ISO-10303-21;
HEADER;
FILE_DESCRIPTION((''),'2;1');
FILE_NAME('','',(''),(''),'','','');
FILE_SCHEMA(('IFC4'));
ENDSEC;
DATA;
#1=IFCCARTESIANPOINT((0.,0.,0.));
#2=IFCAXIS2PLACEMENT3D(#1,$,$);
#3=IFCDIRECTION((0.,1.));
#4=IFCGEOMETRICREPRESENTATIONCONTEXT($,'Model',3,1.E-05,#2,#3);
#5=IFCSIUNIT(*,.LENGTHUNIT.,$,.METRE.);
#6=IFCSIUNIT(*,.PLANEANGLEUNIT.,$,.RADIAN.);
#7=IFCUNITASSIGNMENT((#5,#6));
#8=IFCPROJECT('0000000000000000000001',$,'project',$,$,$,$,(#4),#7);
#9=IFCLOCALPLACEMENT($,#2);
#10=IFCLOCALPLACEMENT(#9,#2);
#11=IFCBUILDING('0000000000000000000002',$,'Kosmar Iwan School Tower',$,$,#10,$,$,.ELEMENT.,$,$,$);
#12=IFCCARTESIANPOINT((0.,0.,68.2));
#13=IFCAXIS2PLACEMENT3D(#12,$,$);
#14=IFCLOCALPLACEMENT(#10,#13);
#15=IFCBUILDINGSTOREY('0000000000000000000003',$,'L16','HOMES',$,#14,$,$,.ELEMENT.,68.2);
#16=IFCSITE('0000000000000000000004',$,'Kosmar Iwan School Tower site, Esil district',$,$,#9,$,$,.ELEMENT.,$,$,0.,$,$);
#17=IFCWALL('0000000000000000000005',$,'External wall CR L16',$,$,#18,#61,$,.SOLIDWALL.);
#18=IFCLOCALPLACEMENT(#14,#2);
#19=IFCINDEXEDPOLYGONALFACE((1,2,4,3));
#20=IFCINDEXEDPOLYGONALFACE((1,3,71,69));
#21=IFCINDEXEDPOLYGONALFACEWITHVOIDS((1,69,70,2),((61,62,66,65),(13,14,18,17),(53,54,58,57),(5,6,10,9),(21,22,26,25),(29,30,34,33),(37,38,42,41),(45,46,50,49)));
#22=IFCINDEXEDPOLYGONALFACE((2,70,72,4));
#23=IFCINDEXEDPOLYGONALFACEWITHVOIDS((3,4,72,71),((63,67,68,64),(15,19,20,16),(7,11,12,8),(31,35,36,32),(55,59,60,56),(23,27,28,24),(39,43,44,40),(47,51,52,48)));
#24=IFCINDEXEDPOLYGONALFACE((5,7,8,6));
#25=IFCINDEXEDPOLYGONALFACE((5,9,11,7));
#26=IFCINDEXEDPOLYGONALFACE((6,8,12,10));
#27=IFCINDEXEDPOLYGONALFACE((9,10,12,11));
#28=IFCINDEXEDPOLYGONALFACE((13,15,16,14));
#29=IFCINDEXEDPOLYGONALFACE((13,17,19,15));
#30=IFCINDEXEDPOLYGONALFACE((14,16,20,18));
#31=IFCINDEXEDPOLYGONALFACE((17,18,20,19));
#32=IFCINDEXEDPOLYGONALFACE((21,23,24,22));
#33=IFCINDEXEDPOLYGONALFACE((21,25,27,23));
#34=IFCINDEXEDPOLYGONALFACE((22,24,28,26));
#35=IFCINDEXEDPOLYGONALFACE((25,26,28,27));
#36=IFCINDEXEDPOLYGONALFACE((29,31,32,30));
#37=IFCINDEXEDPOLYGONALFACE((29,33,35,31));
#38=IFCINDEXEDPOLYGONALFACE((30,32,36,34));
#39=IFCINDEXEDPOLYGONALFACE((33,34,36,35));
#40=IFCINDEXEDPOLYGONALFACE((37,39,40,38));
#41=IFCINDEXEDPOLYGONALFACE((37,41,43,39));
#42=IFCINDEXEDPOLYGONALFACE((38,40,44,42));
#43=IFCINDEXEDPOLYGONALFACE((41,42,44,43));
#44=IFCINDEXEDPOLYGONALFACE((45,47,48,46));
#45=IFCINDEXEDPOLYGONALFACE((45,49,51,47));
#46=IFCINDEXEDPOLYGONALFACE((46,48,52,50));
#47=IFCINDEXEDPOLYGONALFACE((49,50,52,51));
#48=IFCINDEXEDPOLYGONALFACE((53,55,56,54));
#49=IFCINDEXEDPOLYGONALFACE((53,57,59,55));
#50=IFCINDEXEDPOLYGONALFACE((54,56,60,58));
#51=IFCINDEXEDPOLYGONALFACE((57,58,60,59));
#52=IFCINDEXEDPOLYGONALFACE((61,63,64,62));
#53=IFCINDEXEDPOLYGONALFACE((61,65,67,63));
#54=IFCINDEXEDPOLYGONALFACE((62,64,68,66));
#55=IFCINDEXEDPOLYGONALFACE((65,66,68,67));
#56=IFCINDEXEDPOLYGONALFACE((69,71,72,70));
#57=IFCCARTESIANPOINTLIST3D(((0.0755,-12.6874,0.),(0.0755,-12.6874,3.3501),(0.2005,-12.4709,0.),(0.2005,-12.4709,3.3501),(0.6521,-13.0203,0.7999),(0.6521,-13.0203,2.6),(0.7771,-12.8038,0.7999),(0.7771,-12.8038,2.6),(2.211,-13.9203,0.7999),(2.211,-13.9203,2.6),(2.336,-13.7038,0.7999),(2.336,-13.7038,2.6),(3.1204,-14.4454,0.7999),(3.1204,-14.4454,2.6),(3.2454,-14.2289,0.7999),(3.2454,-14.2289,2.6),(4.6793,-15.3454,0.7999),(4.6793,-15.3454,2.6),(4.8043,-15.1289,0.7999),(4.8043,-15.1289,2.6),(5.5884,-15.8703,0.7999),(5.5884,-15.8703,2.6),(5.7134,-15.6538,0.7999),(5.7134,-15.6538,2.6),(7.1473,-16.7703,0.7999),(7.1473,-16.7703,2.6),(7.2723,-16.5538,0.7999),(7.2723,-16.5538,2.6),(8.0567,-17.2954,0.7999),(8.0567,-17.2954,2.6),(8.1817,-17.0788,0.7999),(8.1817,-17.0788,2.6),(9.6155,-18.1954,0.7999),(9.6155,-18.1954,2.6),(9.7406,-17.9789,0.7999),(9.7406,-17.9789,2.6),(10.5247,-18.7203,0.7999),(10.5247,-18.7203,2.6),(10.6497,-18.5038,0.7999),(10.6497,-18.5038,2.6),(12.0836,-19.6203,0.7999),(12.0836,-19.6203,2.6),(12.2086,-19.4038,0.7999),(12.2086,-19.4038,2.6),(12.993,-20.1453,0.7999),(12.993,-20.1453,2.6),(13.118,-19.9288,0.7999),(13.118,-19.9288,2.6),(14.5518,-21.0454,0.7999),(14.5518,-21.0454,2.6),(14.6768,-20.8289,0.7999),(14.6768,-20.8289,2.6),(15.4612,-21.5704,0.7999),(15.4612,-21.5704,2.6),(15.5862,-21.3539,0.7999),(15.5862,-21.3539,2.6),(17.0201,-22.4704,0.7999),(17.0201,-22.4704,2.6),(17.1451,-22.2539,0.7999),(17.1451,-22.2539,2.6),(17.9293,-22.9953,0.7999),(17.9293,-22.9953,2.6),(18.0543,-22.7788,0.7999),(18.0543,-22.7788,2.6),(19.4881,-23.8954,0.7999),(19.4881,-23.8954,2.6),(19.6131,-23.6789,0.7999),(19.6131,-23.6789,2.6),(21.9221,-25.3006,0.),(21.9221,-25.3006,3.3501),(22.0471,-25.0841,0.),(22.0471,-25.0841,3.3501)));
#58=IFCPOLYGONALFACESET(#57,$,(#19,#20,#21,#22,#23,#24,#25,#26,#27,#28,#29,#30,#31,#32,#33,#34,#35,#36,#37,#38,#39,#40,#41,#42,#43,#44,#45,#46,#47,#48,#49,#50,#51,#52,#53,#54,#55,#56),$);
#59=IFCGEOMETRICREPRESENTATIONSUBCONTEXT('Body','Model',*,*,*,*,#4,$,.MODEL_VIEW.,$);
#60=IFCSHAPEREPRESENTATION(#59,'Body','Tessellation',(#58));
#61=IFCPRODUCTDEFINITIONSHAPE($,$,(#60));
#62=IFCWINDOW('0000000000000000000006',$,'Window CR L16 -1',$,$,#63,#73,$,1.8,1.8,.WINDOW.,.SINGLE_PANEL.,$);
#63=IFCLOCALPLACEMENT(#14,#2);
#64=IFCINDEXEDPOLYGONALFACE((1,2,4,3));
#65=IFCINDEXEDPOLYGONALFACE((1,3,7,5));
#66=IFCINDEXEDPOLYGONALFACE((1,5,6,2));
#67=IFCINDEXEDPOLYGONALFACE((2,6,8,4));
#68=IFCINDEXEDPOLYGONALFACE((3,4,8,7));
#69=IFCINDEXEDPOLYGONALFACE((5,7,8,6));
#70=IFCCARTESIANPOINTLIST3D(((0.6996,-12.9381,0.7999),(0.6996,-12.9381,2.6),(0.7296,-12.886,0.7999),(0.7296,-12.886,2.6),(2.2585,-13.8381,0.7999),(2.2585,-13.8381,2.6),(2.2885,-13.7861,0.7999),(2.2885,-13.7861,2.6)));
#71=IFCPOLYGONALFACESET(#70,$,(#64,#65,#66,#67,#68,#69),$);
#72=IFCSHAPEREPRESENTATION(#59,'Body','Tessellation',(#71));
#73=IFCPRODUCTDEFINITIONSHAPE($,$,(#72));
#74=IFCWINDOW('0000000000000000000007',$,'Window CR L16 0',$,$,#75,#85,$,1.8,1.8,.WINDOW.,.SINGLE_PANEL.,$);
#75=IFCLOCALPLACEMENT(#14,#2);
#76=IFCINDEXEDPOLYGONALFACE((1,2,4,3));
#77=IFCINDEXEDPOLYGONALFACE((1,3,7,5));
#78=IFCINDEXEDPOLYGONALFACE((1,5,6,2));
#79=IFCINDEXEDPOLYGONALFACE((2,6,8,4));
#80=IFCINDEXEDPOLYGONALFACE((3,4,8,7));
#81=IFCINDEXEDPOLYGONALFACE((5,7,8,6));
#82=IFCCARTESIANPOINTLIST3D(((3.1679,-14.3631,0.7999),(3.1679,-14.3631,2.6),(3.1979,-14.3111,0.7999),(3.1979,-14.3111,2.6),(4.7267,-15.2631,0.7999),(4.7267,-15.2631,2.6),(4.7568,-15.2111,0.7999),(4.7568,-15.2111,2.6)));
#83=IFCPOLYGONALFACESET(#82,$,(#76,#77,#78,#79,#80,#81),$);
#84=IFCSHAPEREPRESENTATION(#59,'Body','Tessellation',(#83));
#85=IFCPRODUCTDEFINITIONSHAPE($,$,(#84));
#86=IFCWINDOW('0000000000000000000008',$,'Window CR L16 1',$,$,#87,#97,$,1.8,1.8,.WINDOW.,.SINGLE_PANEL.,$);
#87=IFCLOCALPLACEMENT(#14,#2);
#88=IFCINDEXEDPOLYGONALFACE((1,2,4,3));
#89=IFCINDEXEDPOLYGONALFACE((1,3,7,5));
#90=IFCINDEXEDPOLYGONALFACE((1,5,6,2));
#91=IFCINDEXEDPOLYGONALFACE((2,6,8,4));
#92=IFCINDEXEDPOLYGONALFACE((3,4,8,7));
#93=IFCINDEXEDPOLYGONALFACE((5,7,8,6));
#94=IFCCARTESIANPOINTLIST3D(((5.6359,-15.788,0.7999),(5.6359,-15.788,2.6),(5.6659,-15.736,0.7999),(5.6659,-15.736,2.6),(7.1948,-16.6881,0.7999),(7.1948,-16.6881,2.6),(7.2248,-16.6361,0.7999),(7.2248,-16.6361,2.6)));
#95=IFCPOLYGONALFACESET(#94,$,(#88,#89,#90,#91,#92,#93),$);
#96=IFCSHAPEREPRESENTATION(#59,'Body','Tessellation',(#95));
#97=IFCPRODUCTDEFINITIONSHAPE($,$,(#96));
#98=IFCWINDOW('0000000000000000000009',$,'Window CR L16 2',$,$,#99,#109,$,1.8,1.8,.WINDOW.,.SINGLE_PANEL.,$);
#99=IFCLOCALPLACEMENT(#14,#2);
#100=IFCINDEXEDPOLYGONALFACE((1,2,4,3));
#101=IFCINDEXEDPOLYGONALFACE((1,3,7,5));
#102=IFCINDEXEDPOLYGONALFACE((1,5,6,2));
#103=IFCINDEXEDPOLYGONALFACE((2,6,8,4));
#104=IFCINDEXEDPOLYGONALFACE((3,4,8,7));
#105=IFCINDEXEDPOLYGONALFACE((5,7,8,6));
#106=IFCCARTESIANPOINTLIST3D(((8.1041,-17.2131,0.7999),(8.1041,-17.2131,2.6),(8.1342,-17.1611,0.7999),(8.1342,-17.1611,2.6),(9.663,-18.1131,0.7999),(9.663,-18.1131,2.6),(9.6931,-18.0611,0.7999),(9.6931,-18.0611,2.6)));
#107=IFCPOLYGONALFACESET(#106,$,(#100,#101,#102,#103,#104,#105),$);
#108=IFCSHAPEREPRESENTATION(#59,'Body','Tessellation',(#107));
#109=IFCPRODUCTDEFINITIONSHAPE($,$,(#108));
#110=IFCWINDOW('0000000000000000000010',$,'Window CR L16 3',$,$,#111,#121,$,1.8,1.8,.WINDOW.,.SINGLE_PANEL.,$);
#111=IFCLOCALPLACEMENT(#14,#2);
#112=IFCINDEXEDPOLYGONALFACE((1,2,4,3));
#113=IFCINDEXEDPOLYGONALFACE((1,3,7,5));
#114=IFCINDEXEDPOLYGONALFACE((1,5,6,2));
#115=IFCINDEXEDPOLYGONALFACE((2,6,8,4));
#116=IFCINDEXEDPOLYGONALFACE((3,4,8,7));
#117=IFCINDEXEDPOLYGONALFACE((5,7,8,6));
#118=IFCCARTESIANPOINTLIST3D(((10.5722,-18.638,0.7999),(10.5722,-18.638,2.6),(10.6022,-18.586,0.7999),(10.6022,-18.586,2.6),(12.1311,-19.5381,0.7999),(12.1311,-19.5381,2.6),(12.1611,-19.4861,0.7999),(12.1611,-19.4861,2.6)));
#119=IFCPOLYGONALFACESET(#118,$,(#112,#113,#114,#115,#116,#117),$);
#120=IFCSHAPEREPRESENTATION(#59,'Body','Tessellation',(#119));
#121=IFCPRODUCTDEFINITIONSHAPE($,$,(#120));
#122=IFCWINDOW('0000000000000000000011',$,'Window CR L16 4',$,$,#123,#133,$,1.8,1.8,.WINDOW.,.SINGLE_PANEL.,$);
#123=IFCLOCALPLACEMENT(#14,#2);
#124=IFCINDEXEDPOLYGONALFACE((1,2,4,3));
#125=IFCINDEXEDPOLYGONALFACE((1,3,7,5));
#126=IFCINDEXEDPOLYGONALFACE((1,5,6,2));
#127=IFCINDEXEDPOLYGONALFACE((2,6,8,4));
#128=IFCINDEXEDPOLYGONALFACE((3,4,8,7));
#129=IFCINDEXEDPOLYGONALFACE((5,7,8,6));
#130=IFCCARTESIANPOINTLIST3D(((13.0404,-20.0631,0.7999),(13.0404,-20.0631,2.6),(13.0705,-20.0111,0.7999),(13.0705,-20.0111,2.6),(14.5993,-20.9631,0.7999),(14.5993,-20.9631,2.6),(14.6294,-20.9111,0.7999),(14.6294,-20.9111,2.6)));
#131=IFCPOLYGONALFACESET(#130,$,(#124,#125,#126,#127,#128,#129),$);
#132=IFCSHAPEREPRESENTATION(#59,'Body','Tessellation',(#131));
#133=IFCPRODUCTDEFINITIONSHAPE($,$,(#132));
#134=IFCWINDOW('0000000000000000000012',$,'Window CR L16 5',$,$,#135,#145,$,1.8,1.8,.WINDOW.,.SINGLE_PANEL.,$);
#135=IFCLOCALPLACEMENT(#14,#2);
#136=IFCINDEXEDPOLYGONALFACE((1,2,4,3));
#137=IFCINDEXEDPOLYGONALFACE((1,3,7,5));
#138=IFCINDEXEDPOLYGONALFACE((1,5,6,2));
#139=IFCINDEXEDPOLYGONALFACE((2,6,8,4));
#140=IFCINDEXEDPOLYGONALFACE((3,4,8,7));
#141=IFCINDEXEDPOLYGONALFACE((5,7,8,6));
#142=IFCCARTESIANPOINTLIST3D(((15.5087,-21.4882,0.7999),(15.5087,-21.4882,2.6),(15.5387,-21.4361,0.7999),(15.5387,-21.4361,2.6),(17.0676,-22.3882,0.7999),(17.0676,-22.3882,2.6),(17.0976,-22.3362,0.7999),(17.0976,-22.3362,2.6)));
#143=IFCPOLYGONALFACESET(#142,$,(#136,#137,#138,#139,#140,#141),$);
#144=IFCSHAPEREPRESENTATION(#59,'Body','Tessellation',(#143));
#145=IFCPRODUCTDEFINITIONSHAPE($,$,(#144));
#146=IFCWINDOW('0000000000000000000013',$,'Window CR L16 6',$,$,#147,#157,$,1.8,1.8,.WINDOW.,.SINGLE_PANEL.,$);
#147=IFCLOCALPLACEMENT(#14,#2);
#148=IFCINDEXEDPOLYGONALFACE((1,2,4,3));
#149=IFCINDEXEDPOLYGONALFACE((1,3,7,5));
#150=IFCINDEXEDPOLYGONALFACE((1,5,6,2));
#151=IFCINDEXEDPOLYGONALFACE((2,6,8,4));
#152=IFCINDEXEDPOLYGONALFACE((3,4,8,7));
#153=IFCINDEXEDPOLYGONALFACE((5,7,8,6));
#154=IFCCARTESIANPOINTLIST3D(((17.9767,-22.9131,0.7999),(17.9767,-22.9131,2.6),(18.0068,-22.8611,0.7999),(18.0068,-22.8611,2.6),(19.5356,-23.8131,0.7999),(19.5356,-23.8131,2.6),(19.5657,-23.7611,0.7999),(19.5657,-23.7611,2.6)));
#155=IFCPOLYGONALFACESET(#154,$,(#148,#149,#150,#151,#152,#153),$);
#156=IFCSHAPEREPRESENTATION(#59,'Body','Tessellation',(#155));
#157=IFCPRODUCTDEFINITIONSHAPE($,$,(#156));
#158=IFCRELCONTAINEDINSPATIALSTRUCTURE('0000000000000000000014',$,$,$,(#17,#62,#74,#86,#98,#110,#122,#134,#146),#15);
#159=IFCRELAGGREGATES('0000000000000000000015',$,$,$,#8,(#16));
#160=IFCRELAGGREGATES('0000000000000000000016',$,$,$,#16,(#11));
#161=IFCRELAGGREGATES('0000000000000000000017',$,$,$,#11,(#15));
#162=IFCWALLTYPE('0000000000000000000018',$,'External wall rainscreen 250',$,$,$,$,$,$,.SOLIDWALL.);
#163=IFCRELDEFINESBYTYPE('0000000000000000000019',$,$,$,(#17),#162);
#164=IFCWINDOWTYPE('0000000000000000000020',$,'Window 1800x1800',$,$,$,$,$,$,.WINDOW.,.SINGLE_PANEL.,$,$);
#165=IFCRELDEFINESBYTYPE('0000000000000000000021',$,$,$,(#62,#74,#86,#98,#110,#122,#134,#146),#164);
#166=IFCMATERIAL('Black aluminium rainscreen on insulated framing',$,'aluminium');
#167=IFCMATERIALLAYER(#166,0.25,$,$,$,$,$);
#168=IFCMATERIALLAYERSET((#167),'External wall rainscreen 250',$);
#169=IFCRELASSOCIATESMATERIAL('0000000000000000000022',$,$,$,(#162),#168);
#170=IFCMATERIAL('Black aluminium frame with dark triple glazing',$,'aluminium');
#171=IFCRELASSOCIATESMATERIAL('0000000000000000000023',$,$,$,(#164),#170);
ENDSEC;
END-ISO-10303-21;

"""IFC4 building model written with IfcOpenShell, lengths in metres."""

from ifc_helpers import new_model, si_unit, direction, frame, frame_2d, origin, place, context, subcontext, project, spatial, rectangle, extrude, material, layer, layer_set, type_object, element, fill, save


model = new_model("IFC4")

# Units and contexts
model_context = context("Model", 3, precision=1e-05, world=origin(), true_north=direction((0.0, 1.0)))
body_context = subcontext(model_context, "Body", "Model", "MODEL_VIEW")
ifc_project = project(units=[si_unit("LENGTHUNIT", "METRE"), si_unit("PLANEANGLEUNIT", "RADIAN")], contexts=[model_context])

# Site, building, storey
site_placement = place(None, origin())
site = spatial("IfcSite", under=ifc_project, at=site_placement, Name="Kosmar Iwan School Tower site, Esil district", CompositionType="ELEMENT", RefElevation=0.0)
building_placement = place(site_placement, origin())
building = spatial("IfcBuilding", under=site, at=building_placement, Name="Kosmar Iwan School Tower", CompositionType="ELEMENT")
storey_placement = place(building_placement, frame((0.0, 0.0, 68.2)))
storey = spatial("IfcBuildingStorey", under=building, at=storey_placement, Name="L16", Description="HOMES", CompositionType="ELEMENT", Elevation=68.2)

# Wall, openings, windows
ifc_material_1 = material(Name="Black aluminium rainscreen on insulated framing", Category="aluminium")
ifc_layer = layer(ifc_material_1, 0.25)
ifc_layer_set = layer_set([ifc_layer], Name="External wall rainscreen 250")
wall_type = type_object("IfcWallType", Name="External wall rainscreen 250", PredefinedType="SOLIDWALL", material=ifc_layer_set)
ifc_material_2 = material(Name="Black aluminium frame with dark triple glazing", Category="aluminium")
window_type = type_object("IfcWindowType", Name="Window 1800x1800", PartitioningType="SINGLE_PANEL", PredefinedType="WINDOW", material=ifc_material_2)
wall_1_placement = place(storey_placement, frame((0.1379, -12.5791, 0.0), z_axis=(0.0, 0.0, 1.0), x_axis=(0.866024, -0.500003, 0.0)))
wall_1 = element("IfcWall", 1, at=wall_1_placement, inside=storey, type_object=wall_type, Name="External wall CR L16", PredefinedType="SOLIDWALL", context=body_context, shape_type="SweptSolid", body=[
    extrude(rectangle(XDim=25.2263, YDim=0.25, at=frame_2d((12.6133, 0.0))), origin(), (0.0, 0.0, 1.0), 3.3501),
])
opening_1_placement = place(wall_1_placement, frame((0.666, 0.0, 0.8)))
opening_1 = element("IfcOpeningElement", 2, at=opening_1_placement, cuts=wall_1, PredefinedType="OPENING", context=body_context, shape_type="SweptSolid", body=[
    extrude(rectangle(XDim=1.8, YDim=1.8, at=frame_2d((0.8999, 0.8999))), frame((0.0, 0.137, 0.0), z_axis=(0.0, -1.0, 0.0), x_axis=(1.0, 0.0, 0.0)), (0.0, 0.0, 1.0), 0.2739),
])
opening_2_placement = place(wall_1_placement, frame((3.5161, 0.0, 0.8)))
opening_2 = element("IfcOpeningElement", 3, at=opening_2_placement, cuts=wall_1, PredefinedType="OPENING", context=body_context, shape_type="SweptSolid", body=[
    extrude(rectangle(XDim=1.8, YDim=1.8, at=frame_2d((0.8999, 0.8999))), frame((0.0, 0.137, 0.0), z_axis=(0.0, -1.0, 0.0), x_axis=(1.0, 0.0, 0.0)), (0.0, 0.0, 1.0), 0.2739),
])
opening_3_placement = place(wall_1_placement, frame((6.366, 0.0, 0.8)))
opening_3 = element("IfcOpeningElement", 4, at=opening_3_placement, cuts=wall_1, PredefinedType="OPENING", context=body_context, shape_type="SweptSolid", body=[
    extrude(rectangle(XDim=1.8, YDim=1.8, at=frame_2d((0.8999, 0.8999))), frame((0.0, 0.137, 0.0), z_axis=(0.0, -1.0, 0.0), x_axis=(1.0, 0.0, 0.0)), (0.0, 0.0, 1.0), 0.2739),
])
opening_4_placement = place(wall_1_placement, frame((9.2161, 0.0, 0.8)))
opening_4 = element("IfcOpeningElement", 5, at=opening_4_placement, cuts=wall_1, PredefinedType="OPENING", context=body_context, shape_type="SweptSolid", body=[
    extrude(rectangle(XDim=1.8, YDim=1.8, at=frame_2d((0.8999, 0.8999))), frame((0.0, 0.137, 0.0), z_axis=(0.0, -1.0, 0.0), x_axis=(1.0, 0.0, 0.0)), (0.0, 0.0, 1.0), 0.2739),
])
opening_5_placement = place(wall_1_placement, frame((12.0659, 0.0, 0.8)))
opening_5 = element("IfcOpeningElement", 6, at=opening_5_placement, cuts=wall_1, PredefinedType="OPENING", context=body_context, shape_type="SweptSolid", body=[
    extrude(rectangle(XDim=1.8, YDim=1.8, at=frame_2d((0.8999, 0.8999))), frame((0.0, 0.137, 0.0), z_axis=(0.0, -1.0, 0.0), x_axis=(1.0, 0.0, 0.0)), (0.0, 0.0, 1.0), 0.2739),
])
opening_6_placement = place(wall_1_placement, frame((14.916, 0.0, 0.8)))
opening_6 = element("IfcOpeningElement", 7, at=opening_6_placement, cuts=wall_1, PredefinedType="OPENING", context=body_context, shape_type="SweptSolid", body=[
    extrude(rectangle(XDim=1.8, YDim=1.8, at=frame_2d((0.8999, 0.8999))), frame((0.0, 0.137, 0.0), z_axis=(0.0, -1.0, 0.0), x_axis=(1.0, 0.0, 0.0)), (0.0, 0.0, 1.0), 0.2739),
])
opening_7_placement = place(wall_1_placement, frame((17.7661, 0.0, 0.8)))
opening_7 = element("IfcOpeningElement", 8, at=opening_7_placement, cuts=wall_1, PredefinedType="OPENING", context=body_context, shape_type="SweptSolid", body=[
    extrude(rectangle(XDim=1.8, YDim=1.8, at=frame_2d((0.8999, 0.8999))), frame((0.0, 0.137, 0.0), z_axis=(0.0, -1.0, 0.0), x_axis=(1.0, 0.0, 0.0)), (0.0, 0.0, 1.0), 0.2739),
])
opening_8_placement = place(wall_1_placement, frame((20.616, 0.0, 0.8)))
opening_8 = element("IfcOpeningElement", 9, at=opening_8_placement, cuts=wall_1, PredefinedType="OPENING", context=body_context, shape_type="SweptSolid", body=[
    extrude(rectangle(XDim=1.8, YDim=1.8, at=frame_2d((0.8999, 0.8999))), frame((0.0, 0.137, 0.0), z_axis=(0.0, -1.0, 0.0), x_axis=(1.0, 0.0, 0.0)), (0.0, 0.0, 1.0), 0.2739),
])
window_1_placement = place(opening_1_placement, origin())
window_1 = element("IfcWindow", 10, at=window_1_placement, inside=storey, type_object=window_type, Name="Window CR L16 -1", OverallHeight=1.8, OverallWidth=1.8, PartitioningType="SINGLE_PANEL", PredefinedType="WINDOW", context=body_context, shape_type="SweptSolid", body=[
    extrude(rectangle(XDim=1.8, YDim=1.8, at=frame_2d((0.8999, 0.8999))), frame((0.0, 0.03, 0.0), z_axis=(0.0, -1.0, 0.0), x_axis=(1.0, 0.0, 0.0)), (0.0, 0.0, 1.0), 0.0601),
])
fill(opening_1, window_1)
window_2_placement = place(opening_2_placement, origin())
window_2 = element("IfcWindow", 11, at=window_2_placement, inside=storey, type_object=window_type, Name="Window CR L16 0", OverallHeight=1.8, OverallWidth=1.8, PartitioningType="SINGLE_PANEL", PredefinedType="WINDOW", context=body_context, shape_type="SweptSolid", body=[
    extrude(rectangle(XDim=1.8, YDim=1.8, at=frame_2d((0.8999, 0.8999))), frame((0.0, 0.03, 0.0), z_axis=(0.0, -1.0, 0.0), x_axis=(1.0, 0.0, 0.0)), (0.0, 0.0, 1.0), 0.0601),
])
fill(opening_2, window_2)
window_3_placement = place(opening_3_placement, origin())
window_3 = element("IfcWindow", 12, at=window_3_placement, inside=storey, type_object=window_type, Name="Window CR L16 1", OverallHeight=1.8, OverallWidth=1.8, PartitioningType="SINGLE_PANEL", PredefinedType="WINDOW", context=body_context, shape_type="SweptSolid", body=[
    extrude(rectangle(XDim=1.8, YDim=1.8, at=frame_2d((0.8999, 0.8999))), frame((0.0, 0.03, 0.0), z_axis=(0.0, -1.0, 0.0), x_axis=(1.0, 0.0, 0.0)), (0.0, 0.0, 1.0), 0.0601),
])
fill(opening_3, window_3)
window_4_placement = place(opening_4_placement, origin())
window_4 = element("IfcWindow", 13, at=window_4_placement, inside=storey, type_object=window_type, Name="Window CR L16 2", OverallHeight=1.8, OverallWidth=1.8, PartitioningType="SINGLE_PANEL", PredefinedType="WINDOW", context=body_context, shape_type="SweptSolid", body=[
    extrude(rectangle(XDim=1.8, YDim=1.8, at=frame_2d((0.8999, 0.8999))), frame((0.0, 0.03, 0.0), z_axis=(0.0, -1.0, 0.0), x_axis=(1.0, 0.0, 0.0)), (0.0, 0.0, 1.0), 0.0601),
])
fill(opening_4, window_4)
window_5_placement = place(opening_5_placement, origin())
window_5 = element("IfcWindow", 14, at=window_5_placement, inside=storey, type_object=window_type, Name="Window CR L16 3", OverallHeight=1.8, OverallWidth=1.8, PartitioningType="SINGLE_PANEL", PredefinedType="WINDOW", context=body_context, shape_type="SweptSolid", body=[
    extrude(rectangle(XDim=1.8, YDim=1.8, at=frame_2d((0.8999, 0.8999))), frame((0.0, 0.03, 0.0), z_axis=(0.0, -1.0, 0.0), x_axis=(1.0, 0.0, 0.0)), (0.0, 0.0, 1.0), 0.0601),
])
fill(opening_5, window_5)
window_6_placement = place(opening_6_placement, origin())
window_6 = element("IfcWindow", 15, at=window_6_placement, inside=storey, type_object=window_type, Name="Window CR L16 4", OverallHeight=1.8, OverallWidth=1.8, PartitioningType="SINGLE_PANEL", PredefinedType="WINDOW", context=body_context, shape_type="SweptSolid", body=[
    extrude(rectangle(XDim=1.8, YDim=1.8, at=frame_2d((0.8999, 0.8999))), frame((0.0, 0.03, 0.0), z_axis=(0.0, -1.0, 0.0), x_axis=(1.0, 0.0, 0.0)), (0.0, 0.0, 1.0), 0.0601),
])
fill(opening_6, window_6)
window_7_placement = place(opening_7_placement, origin())
window_7 = element("IfcWindow", 16, at=window_7_placement, inside=storey, type_object=window_type, Name="Window CR L16 5", OverallHeight=1.8, OverallWidth=1.8, PartitioningType="SINGLE_PANEL", PredefinedType="WINDOW", context=body_context, shape_type="SweptSolid", body=[
    extrude(rectangle(XDim=1.8, YDim=1.8, at=frame_2d((0.8999, 0.8999))), frame((0.0, 0.03, 0.0), z_axis=(0.0, -1.0, 0.0), x_axis=(1.0, 0.0, 0.0)), (0.0, 0.0, 1.0), 0.0601),
])
fill(opening_7, window_7)
window_8_placement = place(opening_8_placement, origin())
window_8 = element("IfcWindow", 17, at=window_8_placement, inside=storey, type_object=window_type, Name="Window CR L16 6", OverallHeight=1.8, OverallWidth=1.8, PartitioningType="SINGLE_PANEL", PredefinedType="WINDOW", context=body_context, shape_type="SweptSolid", body=[
    extrude(rectangle(XDim=1.8, YDim=1.8, at=frame_2d((0.8999, 0.8999))), frame((0.0, 0.03, 0.0), z_axis=(0.0, -1.0, 0.0), x_axis=(1.0, 0.0, 0.0)), (0.0, 0.0, 1.0), 0.0601),
])
fill(opening_8, window_8)

save(model, "model.ifc")
